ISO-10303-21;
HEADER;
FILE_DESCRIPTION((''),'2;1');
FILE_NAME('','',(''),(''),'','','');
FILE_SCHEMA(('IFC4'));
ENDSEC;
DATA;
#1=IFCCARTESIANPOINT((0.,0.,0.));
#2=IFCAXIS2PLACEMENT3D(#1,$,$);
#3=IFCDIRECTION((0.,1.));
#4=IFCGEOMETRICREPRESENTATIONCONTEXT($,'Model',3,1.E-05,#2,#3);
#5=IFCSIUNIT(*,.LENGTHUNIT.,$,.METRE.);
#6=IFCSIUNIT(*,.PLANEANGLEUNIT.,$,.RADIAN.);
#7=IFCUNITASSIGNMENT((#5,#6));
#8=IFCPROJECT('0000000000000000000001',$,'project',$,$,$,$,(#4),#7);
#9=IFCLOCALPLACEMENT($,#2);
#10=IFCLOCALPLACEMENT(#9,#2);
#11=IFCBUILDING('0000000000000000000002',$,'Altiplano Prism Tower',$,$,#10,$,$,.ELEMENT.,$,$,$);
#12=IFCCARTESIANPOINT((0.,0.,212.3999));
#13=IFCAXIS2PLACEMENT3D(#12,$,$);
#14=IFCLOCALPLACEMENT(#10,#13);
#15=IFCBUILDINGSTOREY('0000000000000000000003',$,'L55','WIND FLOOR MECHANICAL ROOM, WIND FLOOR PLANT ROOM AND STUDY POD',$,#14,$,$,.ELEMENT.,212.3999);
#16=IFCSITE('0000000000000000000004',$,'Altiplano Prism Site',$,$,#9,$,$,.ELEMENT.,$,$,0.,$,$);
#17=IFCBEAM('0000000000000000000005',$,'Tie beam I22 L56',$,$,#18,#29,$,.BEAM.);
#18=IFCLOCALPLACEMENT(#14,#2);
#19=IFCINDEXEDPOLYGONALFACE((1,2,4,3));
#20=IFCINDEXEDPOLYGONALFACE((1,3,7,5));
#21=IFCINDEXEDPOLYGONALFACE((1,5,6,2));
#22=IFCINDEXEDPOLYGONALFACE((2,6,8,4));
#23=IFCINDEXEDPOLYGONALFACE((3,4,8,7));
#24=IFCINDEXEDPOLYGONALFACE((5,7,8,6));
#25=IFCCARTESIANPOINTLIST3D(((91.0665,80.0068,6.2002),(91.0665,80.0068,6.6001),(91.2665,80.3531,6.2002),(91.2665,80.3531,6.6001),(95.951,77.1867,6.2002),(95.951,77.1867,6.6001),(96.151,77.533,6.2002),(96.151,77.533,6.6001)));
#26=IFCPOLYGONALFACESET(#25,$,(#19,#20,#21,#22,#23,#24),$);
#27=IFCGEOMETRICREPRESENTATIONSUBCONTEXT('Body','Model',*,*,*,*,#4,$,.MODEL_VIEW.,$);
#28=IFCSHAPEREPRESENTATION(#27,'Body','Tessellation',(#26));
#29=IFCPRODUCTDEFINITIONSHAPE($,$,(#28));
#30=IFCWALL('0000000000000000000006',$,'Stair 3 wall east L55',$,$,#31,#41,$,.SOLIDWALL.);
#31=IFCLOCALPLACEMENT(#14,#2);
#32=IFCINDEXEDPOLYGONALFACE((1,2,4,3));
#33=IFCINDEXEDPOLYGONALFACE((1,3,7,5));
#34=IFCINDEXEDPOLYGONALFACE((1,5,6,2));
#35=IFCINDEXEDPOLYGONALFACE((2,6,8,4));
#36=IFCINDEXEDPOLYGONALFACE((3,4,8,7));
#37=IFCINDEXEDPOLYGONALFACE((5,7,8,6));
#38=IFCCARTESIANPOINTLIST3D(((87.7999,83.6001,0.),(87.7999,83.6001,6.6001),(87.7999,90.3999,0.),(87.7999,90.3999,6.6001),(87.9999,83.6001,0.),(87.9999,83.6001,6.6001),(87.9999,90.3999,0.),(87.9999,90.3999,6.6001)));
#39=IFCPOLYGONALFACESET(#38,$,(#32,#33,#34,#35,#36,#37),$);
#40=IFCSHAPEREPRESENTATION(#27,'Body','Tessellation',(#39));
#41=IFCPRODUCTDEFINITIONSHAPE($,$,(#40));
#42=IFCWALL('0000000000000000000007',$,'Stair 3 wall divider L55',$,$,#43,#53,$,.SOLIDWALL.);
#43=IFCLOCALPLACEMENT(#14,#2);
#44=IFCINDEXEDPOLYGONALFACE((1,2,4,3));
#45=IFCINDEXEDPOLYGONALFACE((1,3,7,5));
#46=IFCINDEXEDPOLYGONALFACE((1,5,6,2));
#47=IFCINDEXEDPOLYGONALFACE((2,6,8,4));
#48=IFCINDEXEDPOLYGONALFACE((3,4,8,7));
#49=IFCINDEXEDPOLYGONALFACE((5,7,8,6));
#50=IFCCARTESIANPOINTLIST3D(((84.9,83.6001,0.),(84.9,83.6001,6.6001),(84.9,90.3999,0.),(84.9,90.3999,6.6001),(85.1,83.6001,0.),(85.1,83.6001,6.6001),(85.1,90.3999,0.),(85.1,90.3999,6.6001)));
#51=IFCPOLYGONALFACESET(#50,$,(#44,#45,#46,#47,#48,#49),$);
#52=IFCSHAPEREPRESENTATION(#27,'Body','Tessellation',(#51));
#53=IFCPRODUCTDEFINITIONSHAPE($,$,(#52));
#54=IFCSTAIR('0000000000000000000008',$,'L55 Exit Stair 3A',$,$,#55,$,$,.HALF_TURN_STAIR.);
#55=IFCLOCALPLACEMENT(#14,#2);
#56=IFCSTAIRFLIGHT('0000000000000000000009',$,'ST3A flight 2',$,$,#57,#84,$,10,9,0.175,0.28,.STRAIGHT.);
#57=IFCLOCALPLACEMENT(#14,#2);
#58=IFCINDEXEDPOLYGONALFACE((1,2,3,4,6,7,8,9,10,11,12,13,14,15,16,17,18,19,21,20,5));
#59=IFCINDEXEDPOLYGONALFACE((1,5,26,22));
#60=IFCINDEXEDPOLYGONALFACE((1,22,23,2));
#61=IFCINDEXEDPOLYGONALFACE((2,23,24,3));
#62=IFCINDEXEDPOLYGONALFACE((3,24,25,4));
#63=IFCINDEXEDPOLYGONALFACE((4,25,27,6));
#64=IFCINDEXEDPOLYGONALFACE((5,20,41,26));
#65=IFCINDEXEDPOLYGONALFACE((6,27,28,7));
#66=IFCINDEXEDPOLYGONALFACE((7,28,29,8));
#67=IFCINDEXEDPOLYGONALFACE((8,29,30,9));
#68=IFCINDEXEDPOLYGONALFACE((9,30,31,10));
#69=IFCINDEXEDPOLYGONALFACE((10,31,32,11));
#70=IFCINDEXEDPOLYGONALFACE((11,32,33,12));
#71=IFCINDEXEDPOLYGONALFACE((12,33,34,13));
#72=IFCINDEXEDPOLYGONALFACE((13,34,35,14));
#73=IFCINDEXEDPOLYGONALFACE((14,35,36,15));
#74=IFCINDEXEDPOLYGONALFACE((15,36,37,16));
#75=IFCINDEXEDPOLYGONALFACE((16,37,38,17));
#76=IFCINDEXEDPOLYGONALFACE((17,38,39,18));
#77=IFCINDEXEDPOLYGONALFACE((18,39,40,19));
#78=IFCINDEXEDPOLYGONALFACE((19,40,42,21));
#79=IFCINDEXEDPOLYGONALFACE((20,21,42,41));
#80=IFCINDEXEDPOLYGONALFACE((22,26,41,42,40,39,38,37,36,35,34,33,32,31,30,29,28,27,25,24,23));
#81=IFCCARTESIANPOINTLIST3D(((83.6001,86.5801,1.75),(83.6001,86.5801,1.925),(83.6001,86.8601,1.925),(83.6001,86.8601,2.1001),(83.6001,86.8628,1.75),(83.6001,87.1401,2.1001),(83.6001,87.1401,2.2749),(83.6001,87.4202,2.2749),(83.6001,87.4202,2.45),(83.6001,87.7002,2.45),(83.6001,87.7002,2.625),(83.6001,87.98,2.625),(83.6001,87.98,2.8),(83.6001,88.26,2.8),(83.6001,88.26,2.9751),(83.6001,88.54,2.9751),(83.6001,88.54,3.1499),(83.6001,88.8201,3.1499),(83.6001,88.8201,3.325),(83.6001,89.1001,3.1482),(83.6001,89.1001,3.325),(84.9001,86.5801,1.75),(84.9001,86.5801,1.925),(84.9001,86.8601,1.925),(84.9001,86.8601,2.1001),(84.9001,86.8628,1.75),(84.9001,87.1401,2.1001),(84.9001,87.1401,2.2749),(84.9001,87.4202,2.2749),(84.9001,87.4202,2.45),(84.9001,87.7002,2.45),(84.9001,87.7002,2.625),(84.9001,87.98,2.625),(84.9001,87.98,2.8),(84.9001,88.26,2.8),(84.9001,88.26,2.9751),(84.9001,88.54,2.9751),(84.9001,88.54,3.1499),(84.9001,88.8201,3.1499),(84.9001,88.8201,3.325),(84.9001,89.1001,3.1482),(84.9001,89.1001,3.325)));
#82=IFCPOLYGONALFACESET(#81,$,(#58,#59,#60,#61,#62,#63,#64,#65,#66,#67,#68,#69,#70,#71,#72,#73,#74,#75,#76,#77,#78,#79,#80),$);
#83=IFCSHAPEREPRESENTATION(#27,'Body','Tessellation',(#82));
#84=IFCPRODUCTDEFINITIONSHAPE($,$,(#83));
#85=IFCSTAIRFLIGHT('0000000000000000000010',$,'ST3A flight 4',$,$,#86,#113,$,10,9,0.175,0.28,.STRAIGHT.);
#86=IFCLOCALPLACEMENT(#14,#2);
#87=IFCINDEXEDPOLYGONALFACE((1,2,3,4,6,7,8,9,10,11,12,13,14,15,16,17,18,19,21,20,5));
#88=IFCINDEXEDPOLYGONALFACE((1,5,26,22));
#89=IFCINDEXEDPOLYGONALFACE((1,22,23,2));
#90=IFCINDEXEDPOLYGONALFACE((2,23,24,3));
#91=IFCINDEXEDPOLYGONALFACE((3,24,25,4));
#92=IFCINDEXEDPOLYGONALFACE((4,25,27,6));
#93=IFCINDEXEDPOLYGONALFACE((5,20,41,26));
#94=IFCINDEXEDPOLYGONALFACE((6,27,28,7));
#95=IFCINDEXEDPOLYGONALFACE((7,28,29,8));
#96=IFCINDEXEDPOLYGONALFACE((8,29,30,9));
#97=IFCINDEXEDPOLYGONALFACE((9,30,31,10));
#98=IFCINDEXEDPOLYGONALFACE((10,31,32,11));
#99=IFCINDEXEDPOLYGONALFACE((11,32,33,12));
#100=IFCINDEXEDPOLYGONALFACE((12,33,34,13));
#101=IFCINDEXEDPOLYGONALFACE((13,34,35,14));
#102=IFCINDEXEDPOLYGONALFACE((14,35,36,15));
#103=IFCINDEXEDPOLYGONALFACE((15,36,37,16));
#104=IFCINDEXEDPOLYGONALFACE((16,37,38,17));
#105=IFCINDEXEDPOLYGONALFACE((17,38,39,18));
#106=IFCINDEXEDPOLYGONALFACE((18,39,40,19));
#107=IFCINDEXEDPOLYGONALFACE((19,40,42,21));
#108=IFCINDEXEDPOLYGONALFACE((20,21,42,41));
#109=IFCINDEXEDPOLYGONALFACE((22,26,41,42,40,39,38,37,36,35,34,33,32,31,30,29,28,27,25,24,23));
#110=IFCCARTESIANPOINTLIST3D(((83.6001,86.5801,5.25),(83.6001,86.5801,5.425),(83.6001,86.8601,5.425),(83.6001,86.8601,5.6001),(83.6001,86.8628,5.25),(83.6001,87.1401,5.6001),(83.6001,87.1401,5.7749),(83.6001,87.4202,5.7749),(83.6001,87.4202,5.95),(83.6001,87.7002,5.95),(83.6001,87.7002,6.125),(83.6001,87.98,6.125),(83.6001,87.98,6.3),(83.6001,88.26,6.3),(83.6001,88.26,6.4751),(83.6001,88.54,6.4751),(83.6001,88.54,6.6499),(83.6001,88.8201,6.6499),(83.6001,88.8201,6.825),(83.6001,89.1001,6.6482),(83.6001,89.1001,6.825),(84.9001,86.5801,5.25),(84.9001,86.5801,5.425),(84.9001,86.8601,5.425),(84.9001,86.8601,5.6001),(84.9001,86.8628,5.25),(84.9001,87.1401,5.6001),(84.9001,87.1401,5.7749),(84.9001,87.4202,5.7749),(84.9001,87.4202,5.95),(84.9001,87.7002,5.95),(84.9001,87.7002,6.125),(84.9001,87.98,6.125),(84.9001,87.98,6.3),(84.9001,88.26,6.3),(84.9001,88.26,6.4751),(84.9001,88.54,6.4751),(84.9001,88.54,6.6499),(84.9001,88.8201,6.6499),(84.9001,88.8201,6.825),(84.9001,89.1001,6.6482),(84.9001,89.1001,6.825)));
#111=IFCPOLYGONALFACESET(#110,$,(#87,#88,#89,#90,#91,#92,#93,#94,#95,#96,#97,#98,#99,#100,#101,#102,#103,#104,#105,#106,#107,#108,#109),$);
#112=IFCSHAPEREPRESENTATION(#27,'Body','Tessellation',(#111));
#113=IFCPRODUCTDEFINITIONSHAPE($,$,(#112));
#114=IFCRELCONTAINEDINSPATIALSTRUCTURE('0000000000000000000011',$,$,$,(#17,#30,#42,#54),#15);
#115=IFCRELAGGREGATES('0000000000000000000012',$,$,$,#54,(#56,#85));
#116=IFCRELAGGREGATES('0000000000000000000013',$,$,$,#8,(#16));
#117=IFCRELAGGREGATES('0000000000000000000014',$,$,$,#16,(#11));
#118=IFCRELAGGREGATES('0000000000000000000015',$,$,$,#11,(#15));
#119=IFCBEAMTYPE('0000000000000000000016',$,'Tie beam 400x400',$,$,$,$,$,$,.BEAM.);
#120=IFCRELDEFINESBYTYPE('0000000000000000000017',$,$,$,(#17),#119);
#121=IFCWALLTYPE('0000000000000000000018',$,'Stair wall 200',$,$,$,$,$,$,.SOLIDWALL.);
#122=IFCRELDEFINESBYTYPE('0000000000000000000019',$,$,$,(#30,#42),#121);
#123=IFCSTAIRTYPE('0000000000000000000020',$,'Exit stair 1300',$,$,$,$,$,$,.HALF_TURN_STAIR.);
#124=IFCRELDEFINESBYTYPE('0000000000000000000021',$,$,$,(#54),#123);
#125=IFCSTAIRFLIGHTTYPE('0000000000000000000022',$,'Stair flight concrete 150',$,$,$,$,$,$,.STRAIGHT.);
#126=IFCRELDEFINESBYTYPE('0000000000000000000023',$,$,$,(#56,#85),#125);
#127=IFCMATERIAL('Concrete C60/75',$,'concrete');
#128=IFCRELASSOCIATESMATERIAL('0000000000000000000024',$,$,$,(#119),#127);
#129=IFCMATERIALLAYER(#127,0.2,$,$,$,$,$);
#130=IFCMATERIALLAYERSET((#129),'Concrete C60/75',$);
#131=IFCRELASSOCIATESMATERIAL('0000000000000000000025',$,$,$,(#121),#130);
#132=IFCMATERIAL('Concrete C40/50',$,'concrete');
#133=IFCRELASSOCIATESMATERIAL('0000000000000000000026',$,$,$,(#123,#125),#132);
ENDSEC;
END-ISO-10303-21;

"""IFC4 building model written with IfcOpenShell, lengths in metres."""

from ifc_helpers import new_model, si_unit, direction, frame, frame_2d, origin, origin_2d, place, context, subcontext, project, spatial, polyline, rectangle, outline, extrude, material, layer, layer_set, material_profile, profile_set, type_object, element, aggregate, save


model = new_model("IFC4")

# Units and contexts
model_context = context("Model", 3, precision=1e-05, world=origin(), true_north=direction((0.0, 1.0)))
body_context = subcontext(model_context, "Body", "Model", "MODEL_VIEW")
ifc_project = project(units=[si_unit("LENGTHUNIT", "METRE"), si_unit("PLANEANGLEUNIT", "RADIAN")], contexts=[model_context])

# Site, building, storey
site_placement = place(None, origin())
site = spatial("IfcSite", under=ifc_project, at=site_placement, Name="Altiplano Prism Site", CompositionType="ELEMENT", RefElevation=0.0)
building_placement = place(site_placement, origin())
building = spatial("IfcBuilding", under=site, at=building_placement, Name="Altiplano Prism Tower", CompositionType="ELEMENT")
storey_placement = place(building_placement, frame((0.0, 0.0, 212.3999)))
storey = spatial("IfcBuildingStorey", under=building, at=storey_placement, Name="L55", Description="WIND FLOOR MECHANICAL ROOM, WIND FLOOR PLANT ROOM AND STUDY POD", CompositionType="ELEMENT", Elevation=212.3999)

# Shared definitions
ifc_material_1 = material(Name="Concrete C60/75", Category="concrete")

# Beam
ifc_material_profile_1 = material_profile(ifc_material_1, rectangle(XDim=0.3999, YDim=0.3999, at=origin_2d()), Name="Tie beam 400x400")
ifc_profile_set_1 = profile_set([ifc_material_profile_1], Name="Concrete C60/75")
beam_type_1 = type_object("IfcBeamType", Name="Tie beam 400x400", PredefinedType="BEAM", material=ifc_profile_set_1)
beam_1_placement = place(storey_placement, frame((91.1665, 80.1799, 6.4001), z_axis=(0.866026, -0.499998, 0.0), x_axis=(0.499998, 0.866026, 0.0)))
element("IfcBeam", 1, at=beam_1_placement, inside=storey, type_object=beam_type_1, Name="Tie beam I22 L56", PredefinedType="BEAM", context=body_context, shape_type="SweptSolid", body=[
    extrude(rectangle(XDim=0.3999, YDim=0.3999, at=origin_2d()), origin(), (0.0, 0.0, 1.0), 5.6401),
])

# Walls
ifc_layer = layer(ifc_material_1, 0.2)
ifc_layer_set = layer_set([ifc_layer], Name="Concrete C60/75")
wall_type = type_object("IfcWallType", Name="Stair wall 200", PredefinedType="SOLIDWALL", material=ifc_layer_set)
for number, where, z_axis, x_axis, name in (
    (2, (87.8999, 83.6001, 0.0), (0.0, 0.0, 1.0), (0.0, 1.0, 0.0), "Stair 3 wall east L55"),
    (3, (85.0, 83.6001, 0.0), (0.0, 0.0, 1.0), (0.0, 1.0, 0.0), "Stair 3 wall divider L55"),
):
    element("IfcWall", number, at=place(storey_placement, frame(where, z_axis=z_axis, x_axis=x_axis)), inside=storey, type_object=wall_type, Name=name, PredefinedType="SOLIDWALL", context=body_context, shape_type="SweptSolid", body=[
        extrude(rectangle(XDim=6.7998, YDim=0.2, at=frame_2d((3.3999, 0.0))), origin(), (0.0, 0.0, 1.0), 6.6001),
    ])

# Stair, stair flights
ifc_material_2 = material(Name="Concrete C40/50", Category="concrete")
stair_type = type_object("IfcStairType", Name="Exit stair 1300", PredefinedType="HALF_TURN_STAIR", material=ifc_material_2)
stair_placement = place(storey_placement, origin())
stair = element("IfcStair", 4, at=stair_placement, inside=storey, type_object=stair_type, Name="L55 Exit Stair 3A", PredefinedType="HALF_TURN_STAIR")
stair_flight_type = type_object("IfcStairFlightType", Name="Stair flight concrete 150", PredefinedType="STRAIGHT", material=ifc_material_2)
stair_flight_1_placement = place(storey_placement, frame((84.25, 86.5801, 1.75), z_axis=(0.0, 0.0, 1.0), x_axis=(0.0, 1.0, 0.0)))
stair_flight_1 = element("IfcStairFlight", 5, at=stair_flight_1_placement, type_object=stair_flight_type, Name="ST3A flight 2", NumberOfRisers=10, NumberOfTreads=9, PredefinedType="STRAIGHT", RiserHeight=0.175, TreadLength=0.28, context=body_context, shape_type="SweptSolid", body=[
    extrude(outline(polyline([(0.0, 0.0), (0.0, 0.175), (0.28, 0.175), (0.28, 0.3501), (0.5601, 0.3501), (0.5601, 0.5249), (0.8401, 0.5249), (0.8401, 0.7), (1.1201, 0.7), (1.1201, 0.875), (1.3999, 0.875), (1.3999, 1.05), (1.6799, 1.05), (1.6799, 1.2251), (1.96, 1.2251), (1.96, 1.3999), (2.24, 1.3999), (2.24, 1.575), (2.52, 1.575), (2.52, 1.75), (2.52, 1.3982), (0.2827, 0.0), (0.0, 0.0)])), frame((0.0, 0.6499, 0.0), z_axis=(0.0, -1.0, 0.0), x_axis=(1.0, 0.0, 0.0)), (0.0, 0.0, 1.0), 1.3),
])
stair_flight_2_placement = place(storey_placement, frame((84.25, 86.5801, 5.25), z_axis=(0.0, 0.0, 1.0), x_axis=(0.0, 1.0, 0.0)))
stair_flight_2 = element("IfcStairFlight", 6, at=stair_flight_2_placement, type_object=stair_flight_type, Name="ST3A flight 4", NumberOfRisers=10, NumberOfTreads=9, PredefinedType="STRAIGHT", RiserHeight=0.175, TreadLength=0.28, context=body_context, shape_type="SweptSolid", body=[
    extrude(outline(polyline([(0.0, 0.0), (0.0, 0.175), (0.28, 0.175), (0.28, 0.3501), (0.5601, 0.3501), (0.5601, 0.5249), (0.8401, 0.5249), (0.8401, 0.7), (1.1201, 0.7), (1.1201, 0.875), (1.3999, 0.875), (1.3999, 1.05), (1.6799, 1.05), (1.6799, 1.2251), (1.96, 1.2251), (1.96, 1.3999), (2.24, 1.3999), (2.24, 1.575), (2.52, 1.575), (2.52, 1.75), (2.52, 1.3982), (0.2827, 0.0), (0.0, 0.0)])), frame((0.0, 0.6499, 0.0), z_axis=(0.0, -1.0, 0.0), x_axis=(1.0, 0.0, 0.0)), (0.0, 0.0, 1.0), 1.3),
])
aggregate(stair, [stair_flight_1, stair_flight_2])

save(model, "model.ifc")
